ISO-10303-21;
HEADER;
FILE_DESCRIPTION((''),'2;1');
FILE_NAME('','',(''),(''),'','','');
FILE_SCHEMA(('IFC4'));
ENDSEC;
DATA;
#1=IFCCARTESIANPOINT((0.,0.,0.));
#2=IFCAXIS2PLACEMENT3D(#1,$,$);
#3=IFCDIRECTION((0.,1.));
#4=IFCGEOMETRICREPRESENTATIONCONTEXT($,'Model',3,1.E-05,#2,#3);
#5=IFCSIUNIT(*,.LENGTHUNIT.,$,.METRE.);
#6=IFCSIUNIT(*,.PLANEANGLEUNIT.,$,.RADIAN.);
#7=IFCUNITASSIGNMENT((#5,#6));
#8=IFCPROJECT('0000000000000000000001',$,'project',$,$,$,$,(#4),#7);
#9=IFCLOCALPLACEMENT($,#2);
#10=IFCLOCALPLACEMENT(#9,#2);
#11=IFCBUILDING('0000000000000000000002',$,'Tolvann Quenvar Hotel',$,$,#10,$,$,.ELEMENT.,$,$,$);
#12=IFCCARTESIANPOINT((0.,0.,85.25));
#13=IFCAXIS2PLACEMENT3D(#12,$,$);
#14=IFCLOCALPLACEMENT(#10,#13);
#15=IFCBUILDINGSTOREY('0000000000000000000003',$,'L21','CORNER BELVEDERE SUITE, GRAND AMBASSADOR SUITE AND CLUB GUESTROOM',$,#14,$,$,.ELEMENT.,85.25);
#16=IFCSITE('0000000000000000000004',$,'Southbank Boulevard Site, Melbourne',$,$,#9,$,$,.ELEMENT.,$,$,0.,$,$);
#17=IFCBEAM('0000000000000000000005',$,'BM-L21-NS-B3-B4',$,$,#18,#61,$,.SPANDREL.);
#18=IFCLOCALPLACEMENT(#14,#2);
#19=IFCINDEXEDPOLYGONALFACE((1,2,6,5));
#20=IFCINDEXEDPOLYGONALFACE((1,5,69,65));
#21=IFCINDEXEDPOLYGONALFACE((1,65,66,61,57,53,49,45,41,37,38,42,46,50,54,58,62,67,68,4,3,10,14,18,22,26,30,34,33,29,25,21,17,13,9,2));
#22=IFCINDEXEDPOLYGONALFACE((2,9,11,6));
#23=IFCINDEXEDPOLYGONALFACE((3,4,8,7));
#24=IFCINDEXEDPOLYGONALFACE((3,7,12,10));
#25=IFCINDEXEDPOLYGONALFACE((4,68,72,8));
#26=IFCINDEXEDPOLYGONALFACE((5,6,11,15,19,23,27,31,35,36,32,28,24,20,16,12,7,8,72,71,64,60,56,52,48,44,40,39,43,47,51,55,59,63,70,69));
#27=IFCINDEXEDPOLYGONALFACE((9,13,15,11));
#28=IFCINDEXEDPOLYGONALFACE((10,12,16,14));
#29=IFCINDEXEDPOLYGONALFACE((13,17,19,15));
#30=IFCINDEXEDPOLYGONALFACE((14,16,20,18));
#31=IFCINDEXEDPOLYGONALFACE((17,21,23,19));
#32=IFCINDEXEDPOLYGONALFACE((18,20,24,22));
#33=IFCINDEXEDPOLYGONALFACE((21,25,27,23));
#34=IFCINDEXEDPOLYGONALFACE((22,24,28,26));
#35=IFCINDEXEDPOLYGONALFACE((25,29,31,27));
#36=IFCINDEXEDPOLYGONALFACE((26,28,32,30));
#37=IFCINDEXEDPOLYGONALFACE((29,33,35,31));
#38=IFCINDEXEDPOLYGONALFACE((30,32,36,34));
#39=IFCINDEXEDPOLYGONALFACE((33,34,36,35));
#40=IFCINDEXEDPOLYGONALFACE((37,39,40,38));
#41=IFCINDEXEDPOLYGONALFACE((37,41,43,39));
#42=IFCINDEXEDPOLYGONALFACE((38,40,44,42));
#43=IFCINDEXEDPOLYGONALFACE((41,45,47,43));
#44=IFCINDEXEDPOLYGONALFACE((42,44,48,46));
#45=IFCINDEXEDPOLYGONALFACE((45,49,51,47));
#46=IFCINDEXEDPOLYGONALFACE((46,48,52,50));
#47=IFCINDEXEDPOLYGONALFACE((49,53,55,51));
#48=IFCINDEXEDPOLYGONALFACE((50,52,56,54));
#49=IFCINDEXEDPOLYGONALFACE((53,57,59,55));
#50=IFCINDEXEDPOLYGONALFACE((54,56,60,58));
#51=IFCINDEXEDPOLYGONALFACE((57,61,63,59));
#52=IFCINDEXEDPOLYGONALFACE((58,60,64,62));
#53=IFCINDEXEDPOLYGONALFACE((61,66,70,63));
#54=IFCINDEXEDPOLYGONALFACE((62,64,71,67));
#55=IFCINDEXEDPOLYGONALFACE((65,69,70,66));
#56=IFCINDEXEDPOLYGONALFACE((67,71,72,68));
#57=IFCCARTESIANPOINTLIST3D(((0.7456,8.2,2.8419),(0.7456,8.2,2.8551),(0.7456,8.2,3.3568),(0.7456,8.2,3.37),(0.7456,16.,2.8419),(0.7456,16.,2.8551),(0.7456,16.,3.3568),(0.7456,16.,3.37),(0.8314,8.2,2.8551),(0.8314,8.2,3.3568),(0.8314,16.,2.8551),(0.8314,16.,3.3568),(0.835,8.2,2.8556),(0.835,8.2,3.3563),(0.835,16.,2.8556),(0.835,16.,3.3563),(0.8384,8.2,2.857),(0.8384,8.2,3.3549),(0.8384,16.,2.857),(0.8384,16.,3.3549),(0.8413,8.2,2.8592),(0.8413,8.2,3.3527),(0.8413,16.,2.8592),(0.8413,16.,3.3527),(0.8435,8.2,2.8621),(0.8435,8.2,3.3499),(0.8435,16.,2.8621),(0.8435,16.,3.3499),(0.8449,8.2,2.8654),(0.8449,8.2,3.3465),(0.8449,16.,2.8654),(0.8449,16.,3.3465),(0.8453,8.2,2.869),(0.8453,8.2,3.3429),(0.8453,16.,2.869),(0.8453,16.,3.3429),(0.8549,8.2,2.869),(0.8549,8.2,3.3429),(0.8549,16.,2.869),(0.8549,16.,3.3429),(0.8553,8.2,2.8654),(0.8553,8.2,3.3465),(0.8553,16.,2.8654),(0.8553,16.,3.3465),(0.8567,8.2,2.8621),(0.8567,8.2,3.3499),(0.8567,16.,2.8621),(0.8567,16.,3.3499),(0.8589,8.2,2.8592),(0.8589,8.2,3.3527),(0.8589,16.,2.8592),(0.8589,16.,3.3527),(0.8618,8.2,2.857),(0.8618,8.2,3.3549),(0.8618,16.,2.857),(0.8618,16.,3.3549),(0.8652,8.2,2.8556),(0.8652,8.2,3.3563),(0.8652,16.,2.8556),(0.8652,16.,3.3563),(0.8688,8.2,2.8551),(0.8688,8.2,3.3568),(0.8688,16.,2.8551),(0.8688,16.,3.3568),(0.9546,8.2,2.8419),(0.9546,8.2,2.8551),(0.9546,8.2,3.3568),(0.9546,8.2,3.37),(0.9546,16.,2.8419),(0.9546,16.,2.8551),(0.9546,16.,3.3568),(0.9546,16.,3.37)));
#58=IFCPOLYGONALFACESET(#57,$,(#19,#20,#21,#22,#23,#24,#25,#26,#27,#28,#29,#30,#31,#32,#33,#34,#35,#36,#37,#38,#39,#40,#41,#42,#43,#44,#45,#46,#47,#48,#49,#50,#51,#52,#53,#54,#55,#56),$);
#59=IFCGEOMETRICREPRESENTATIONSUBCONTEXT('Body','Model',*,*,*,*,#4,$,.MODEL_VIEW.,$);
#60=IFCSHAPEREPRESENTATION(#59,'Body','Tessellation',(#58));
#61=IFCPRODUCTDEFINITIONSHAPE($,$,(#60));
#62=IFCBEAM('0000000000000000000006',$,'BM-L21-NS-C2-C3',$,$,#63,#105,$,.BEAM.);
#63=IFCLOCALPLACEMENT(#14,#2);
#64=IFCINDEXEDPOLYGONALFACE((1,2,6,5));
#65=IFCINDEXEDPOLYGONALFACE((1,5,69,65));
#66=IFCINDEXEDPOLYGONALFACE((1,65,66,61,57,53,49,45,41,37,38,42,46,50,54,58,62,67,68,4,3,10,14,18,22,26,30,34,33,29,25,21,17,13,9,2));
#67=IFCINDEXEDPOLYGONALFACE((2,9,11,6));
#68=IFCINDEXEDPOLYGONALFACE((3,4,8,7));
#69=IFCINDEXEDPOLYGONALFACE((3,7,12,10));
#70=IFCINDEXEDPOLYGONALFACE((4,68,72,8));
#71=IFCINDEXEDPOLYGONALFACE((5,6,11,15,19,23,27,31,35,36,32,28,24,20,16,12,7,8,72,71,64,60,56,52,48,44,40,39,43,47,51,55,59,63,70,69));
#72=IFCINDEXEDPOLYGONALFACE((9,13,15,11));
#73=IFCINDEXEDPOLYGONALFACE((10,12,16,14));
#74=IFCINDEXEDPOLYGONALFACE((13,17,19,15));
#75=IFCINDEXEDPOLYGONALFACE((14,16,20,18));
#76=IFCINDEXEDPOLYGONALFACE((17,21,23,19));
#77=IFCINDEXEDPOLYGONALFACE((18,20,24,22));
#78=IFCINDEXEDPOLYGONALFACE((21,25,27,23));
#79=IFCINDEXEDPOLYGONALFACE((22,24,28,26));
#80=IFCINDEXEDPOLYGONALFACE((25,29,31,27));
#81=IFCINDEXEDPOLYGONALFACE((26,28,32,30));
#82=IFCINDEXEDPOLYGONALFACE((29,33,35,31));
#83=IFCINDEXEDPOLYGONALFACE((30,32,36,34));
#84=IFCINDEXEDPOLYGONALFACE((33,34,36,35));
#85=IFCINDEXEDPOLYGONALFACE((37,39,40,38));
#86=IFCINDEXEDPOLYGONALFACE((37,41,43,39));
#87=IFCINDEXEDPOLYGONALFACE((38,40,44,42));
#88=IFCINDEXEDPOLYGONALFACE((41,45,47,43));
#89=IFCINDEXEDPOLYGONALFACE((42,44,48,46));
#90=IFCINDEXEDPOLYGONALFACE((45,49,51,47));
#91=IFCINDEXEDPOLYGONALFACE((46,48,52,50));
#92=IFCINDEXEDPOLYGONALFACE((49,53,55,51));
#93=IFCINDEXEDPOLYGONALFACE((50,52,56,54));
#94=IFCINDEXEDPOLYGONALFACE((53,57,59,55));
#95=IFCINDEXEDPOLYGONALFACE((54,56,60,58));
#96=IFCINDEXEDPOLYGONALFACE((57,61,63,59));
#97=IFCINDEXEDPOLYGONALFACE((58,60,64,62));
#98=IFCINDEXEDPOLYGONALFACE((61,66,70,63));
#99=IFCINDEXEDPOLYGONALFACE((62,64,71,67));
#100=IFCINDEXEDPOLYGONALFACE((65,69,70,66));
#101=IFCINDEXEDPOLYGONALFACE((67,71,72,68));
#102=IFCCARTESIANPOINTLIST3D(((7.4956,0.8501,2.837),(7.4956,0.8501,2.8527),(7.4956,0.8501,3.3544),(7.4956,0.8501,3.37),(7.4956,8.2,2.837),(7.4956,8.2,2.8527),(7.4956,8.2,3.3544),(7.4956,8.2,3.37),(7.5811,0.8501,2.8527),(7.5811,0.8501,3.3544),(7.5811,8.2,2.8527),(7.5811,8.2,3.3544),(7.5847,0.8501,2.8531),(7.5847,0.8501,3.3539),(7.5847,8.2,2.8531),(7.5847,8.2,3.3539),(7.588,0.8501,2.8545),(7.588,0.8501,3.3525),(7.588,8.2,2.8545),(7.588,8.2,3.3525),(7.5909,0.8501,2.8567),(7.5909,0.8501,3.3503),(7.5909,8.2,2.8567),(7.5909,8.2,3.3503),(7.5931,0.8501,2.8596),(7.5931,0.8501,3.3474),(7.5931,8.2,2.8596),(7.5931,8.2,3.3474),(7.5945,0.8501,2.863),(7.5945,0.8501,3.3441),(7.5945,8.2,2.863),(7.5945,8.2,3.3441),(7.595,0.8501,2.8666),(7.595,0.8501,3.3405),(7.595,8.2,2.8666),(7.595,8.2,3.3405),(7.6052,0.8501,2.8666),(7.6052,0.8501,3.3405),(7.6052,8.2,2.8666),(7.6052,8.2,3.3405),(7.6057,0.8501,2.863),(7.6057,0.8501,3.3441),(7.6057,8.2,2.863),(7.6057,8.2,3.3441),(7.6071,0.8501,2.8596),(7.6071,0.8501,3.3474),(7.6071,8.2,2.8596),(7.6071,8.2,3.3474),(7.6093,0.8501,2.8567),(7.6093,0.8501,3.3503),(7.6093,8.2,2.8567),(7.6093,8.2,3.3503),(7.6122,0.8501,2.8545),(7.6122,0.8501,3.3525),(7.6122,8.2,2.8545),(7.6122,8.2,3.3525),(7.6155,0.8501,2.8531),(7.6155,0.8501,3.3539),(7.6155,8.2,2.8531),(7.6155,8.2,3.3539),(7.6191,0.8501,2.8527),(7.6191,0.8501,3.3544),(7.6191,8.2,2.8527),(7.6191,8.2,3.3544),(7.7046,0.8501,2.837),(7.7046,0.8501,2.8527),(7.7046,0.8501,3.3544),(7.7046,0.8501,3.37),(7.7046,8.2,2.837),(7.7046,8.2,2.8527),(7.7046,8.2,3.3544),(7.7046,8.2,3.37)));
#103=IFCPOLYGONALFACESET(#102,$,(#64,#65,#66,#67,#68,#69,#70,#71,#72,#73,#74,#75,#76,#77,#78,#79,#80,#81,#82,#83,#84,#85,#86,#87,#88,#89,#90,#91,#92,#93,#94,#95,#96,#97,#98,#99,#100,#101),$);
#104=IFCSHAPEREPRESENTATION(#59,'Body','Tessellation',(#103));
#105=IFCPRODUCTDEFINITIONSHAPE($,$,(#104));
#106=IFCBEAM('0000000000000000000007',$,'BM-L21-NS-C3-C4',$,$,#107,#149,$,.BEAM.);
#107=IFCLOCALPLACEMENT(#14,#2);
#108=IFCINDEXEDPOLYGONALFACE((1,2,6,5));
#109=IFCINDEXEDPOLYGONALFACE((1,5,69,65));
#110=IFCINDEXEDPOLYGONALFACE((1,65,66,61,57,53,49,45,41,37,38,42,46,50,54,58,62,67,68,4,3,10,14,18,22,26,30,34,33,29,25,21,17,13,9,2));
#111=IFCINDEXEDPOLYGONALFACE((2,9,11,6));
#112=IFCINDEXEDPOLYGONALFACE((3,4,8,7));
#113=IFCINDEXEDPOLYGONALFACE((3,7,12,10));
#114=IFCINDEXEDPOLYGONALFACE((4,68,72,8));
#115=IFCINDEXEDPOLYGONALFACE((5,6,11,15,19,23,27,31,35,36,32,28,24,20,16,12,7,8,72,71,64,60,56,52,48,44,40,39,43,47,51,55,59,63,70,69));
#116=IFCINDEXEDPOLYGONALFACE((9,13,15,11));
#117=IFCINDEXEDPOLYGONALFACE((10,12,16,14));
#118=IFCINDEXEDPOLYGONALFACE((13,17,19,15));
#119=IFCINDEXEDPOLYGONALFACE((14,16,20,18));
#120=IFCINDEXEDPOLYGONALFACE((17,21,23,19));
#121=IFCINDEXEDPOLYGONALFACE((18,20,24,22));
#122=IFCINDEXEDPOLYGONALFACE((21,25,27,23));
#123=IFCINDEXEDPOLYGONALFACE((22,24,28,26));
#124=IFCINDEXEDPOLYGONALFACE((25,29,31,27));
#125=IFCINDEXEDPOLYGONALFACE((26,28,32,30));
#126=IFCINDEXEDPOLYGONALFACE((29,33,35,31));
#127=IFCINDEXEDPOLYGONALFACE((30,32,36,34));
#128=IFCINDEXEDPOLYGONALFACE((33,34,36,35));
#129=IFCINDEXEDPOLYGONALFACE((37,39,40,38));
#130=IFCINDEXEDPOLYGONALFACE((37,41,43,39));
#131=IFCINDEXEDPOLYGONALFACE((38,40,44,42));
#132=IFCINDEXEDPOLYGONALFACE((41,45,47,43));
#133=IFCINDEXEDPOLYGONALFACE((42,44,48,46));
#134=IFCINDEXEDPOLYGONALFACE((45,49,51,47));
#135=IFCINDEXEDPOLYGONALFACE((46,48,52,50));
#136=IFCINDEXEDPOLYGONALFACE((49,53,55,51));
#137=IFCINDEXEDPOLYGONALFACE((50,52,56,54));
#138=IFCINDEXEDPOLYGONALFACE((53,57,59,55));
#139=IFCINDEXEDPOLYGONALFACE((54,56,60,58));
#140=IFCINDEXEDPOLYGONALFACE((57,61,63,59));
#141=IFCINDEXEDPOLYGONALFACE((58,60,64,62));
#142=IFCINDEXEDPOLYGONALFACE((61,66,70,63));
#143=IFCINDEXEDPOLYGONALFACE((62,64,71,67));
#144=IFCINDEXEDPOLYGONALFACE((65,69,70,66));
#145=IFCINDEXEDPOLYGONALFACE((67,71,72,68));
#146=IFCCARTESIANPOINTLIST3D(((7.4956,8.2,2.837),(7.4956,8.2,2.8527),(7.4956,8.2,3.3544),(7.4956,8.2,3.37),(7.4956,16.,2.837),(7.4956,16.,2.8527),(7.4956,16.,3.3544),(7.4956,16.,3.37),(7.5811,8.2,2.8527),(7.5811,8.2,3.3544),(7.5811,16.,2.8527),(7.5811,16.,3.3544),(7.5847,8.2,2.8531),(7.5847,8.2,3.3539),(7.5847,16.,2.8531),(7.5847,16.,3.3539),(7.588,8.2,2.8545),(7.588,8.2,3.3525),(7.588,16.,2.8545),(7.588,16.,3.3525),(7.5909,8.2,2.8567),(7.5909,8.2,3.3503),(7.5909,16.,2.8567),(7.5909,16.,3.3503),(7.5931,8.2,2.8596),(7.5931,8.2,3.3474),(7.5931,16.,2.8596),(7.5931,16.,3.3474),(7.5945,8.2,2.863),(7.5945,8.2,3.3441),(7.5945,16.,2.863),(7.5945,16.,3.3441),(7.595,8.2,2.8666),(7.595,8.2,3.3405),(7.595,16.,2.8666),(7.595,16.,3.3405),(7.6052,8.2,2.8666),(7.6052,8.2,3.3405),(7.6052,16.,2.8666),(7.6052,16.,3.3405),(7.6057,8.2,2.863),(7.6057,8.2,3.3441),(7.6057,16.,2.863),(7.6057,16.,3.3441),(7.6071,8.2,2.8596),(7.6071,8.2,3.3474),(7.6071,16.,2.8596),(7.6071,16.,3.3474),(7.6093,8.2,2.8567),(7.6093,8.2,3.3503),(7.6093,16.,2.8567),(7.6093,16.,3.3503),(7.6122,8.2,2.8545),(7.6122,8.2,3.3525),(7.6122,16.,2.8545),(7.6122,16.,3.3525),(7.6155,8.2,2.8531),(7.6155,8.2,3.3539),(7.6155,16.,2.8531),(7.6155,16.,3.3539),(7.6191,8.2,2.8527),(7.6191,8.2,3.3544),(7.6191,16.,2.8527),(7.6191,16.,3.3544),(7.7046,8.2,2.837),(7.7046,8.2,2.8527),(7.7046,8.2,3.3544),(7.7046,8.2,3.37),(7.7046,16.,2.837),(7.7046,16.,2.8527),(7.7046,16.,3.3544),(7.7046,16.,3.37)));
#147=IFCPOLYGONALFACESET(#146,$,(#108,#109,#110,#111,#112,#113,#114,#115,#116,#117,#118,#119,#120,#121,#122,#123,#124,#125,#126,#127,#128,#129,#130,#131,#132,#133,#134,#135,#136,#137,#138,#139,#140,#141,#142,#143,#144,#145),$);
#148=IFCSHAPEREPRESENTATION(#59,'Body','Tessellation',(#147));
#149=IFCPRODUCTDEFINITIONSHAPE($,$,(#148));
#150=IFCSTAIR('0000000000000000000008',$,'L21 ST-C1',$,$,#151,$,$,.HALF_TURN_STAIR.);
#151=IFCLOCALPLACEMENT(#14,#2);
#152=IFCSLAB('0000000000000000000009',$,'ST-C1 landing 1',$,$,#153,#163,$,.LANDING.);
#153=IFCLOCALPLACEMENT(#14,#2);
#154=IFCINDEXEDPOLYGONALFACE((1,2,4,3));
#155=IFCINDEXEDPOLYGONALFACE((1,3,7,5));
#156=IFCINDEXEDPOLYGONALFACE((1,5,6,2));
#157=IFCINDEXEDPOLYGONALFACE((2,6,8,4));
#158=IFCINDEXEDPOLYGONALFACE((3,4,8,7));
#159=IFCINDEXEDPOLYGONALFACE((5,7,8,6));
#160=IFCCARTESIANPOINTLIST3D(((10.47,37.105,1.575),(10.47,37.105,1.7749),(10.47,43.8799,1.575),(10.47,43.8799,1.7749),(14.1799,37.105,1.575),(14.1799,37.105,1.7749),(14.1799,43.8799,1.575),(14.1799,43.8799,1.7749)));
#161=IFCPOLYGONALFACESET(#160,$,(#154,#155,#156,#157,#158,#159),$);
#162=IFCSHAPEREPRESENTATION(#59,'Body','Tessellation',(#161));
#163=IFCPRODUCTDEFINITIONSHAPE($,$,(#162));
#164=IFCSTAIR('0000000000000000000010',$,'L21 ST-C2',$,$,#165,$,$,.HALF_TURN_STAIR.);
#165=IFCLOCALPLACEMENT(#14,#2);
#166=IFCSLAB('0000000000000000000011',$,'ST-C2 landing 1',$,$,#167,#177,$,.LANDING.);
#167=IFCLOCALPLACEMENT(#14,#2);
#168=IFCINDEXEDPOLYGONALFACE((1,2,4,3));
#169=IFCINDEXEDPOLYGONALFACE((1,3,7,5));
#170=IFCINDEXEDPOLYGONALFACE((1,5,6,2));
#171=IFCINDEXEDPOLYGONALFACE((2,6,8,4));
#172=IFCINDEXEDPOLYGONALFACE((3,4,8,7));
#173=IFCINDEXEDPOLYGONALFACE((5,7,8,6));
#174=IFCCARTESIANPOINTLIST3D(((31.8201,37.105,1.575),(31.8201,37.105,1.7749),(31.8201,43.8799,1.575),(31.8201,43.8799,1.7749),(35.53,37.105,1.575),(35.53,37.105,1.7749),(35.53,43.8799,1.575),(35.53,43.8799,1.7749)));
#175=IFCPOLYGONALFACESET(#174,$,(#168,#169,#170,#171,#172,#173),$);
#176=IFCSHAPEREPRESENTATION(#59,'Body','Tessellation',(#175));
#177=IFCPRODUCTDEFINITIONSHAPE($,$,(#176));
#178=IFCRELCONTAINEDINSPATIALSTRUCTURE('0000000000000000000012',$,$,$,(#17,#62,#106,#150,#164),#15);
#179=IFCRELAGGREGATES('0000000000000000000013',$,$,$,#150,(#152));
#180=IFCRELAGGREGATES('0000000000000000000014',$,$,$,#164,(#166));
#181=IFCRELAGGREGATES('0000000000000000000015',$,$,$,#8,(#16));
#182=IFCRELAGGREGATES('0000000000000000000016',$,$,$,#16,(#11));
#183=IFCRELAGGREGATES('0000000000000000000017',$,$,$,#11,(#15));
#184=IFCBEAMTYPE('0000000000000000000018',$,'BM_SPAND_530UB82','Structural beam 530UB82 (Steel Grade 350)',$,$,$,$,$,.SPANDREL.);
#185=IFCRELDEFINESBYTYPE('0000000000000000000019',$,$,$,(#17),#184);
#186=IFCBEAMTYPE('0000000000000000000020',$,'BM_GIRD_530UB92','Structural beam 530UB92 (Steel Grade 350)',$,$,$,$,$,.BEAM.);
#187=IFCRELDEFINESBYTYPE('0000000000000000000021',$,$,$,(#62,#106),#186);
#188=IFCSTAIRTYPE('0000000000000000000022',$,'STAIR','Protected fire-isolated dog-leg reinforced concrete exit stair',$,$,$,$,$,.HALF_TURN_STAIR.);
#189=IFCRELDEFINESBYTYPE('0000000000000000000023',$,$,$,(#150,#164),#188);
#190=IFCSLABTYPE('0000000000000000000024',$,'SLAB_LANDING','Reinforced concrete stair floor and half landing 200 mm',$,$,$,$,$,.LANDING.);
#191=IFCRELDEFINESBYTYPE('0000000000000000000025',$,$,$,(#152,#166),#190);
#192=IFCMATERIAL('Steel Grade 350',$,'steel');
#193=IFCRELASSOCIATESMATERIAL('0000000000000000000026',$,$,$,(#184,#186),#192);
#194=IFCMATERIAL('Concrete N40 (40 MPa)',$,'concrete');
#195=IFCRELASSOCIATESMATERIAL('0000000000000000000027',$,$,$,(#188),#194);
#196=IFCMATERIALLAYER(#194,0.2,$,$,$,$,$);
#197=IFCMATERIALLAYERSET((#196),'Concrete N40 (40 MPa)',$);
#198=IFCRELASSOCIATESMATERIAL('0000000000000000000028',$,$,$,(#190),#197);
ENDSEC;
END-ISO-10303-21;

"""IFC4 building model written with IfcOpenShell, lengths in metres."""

from ifc_helpers import new_model, si_unit, direction, frame, origin, origin_2d, place, context, subcontext, project, spatial, polyline, i_section, outline, extrude, source, transform, mapped, material, layer, layer_set, material_profile, profile_set, type_object, type_shapes, element, aggregate, save


model = new_model("IFC4")

# Units and contexts
model_context = context("Model", 3, precision=1e-05, world=origin(), true_north=direction((0.0, 1.0)))
body_context = subcontext(model_context, "Body", "Model", "MODEL_VIEW")
ifc_project = project(units=[si_unit("LENGTHUNIT", "METRE"), si_unit("PLANEANGLEUNIT", "RADIAN")], contexts=[model_context])

# Site, building, storey
site_placement = place(None, origin())
site = spatial("IfcSite", under=ifc_project, at=site_placement, Name="Southbank Boulevard Site, Melbourne", CompositionType="ELEMENT", RefElevation=0.0)
building_placement = place(site_placement, origin())
building = spatial("IfcBuilding", under=site, at=building_placement, Name="Tolvann Quenvar Hotel", CompositionType="ELEMENT")
storey_placement = place(building_placement, frame((0.0, 0.0, 85.25)))
storey = spatial("IfcBuildingStorey", under=building, at=storey_placement, Name="L21", Description="CORNER BELVEDERE SUITE, GRAND AMBASSADOR SUITE AND CLUB GUESTROOM", CompositionType="ELEMENT", Elevation=85.25)

# Shared definitions
ifc_material_1 = material(Name="Steel Grade 350", Category="steel")

# Beams
ifc_material_profile_1 = material_profile(ifc_material_1, i_section(OverallWidth=0.209, OverallDepth=0.5281, WebThickness=0.0095, FlangeThickness=0.0132, FilletRadius=0.0139, at=origin_2d()), Name="530UB82")
ifc_profile_set_1 = profile_set([ifc_material_profile_1], Name="Steel Grade 350")
beam_type_1 = type_object("IfcBeamType", Name="BM_SPAND_530UB82", Description="Structural beam 530UB82 (Steel Grade 350)", PredefinedType="SPANDREL", material=ifc_profile_set_1)
shared_shape_1 = source(origin(), body_context, "Body", "SweptSolid", [
    extrude(i_section(OverallWidth=0.209, OverallDepth=0.5281, WebThickness=0.0095, FlangeThickness=0.0132, FilletRadius=0.0139, at=origin_2d()), origin(), (0.0, 0.0, 1.0), 7.8),
])
beam_1_placement = place(storey_placement, frame((0.8501, 8.2, 3.106), z_axis=(0.0, 1.0, 0.0), x_axis=(-1.0, 0.0, 0.0)))
element("IfcBeam", 1, at=beam_1_placement, inside=storey, type_object=beam_type_1, Name="BM-L21-NS-B3-B4", PredefinedType="SPANDREL", context=body_context, shape_type="MappedRepresentation", body=[
    mapped(shared_shape_1, transform((0.0, 0.0, 0.0), x_axis=(1.0, 0.0, 0.0), y_axis=(0.0, 1.0, 0.0), z_axis=(0.0, 0.0, 1.0), scale=1.0)),
])
ifc_material_profile_2 = material_profile(ifc_material_1, i_section(OverallWidth=0.209, OverallDepth=0.533, WebThickness=0.0103, FlangeThickness=0.0156, FilletRadius=0.0139, at=origin_2d()), Name="530UB92")
ifc_profile_set_2 = profile_set([ifc_material_profile_2], Name="Steel Grade 350")
beam_type_2 = type_object("IfcBeamType", Name="BM_GIRD_530UB92", Description="Structural beam 530UB92 (Steel Grade 350)", PredefinedType="BEAM", material=ifc_profile_set_2)
shared_shape_2 = source(origin(), body_context, "Body", "SweptSolid", [
    extrude(i_section(OverallWidth=0.209, OverallDepth=0.533, WebThickness=0.0103, FlangeThickness=0.0156, FilletRadius=0.0139, at=origin_2d()), origin(), (0.0, 0.0, 1.0), 7.3499),
])
beam_2_placement = place(storey_placement, frame((7.6001, 0.8501, 3.1035), z_axis=(0.0, 1.0, 0.0), x_axis=(-1.0, 0.0, 0.0)))
element("IfcBeam", 2, at=beam_2_placement, inside=storey, type_object=beam_type_2, Name="BM-L21-NS-C2-C3", PredefinedType="BEAM", context=body_context, shape_type="MappedRepresentation", body=[
    mapped(shared_shape_2, transform((0.0, 0.0, 0.0), x_axis=(1.0, 0.0, 0.0), y_axis=(0.0, 1.0, 0.0), z_axis=(0.0, 0.0, 1.0), scale=1.0)),
])
shared_shape_3 = source(origin(), body_context, "Body", "SweptSolid", [
    extrude(i_section(OverallWidth=0.209, OverallDepth=0.533, WebThickness=0.0103, FlangeThickness=0.0156, FilletRadius=0.0139, at=origin_2d()), origin(), (0.0, 0.0, 1.0), 7.8),
])
type_shapes(beam_type_2, [shared_shape_2, shared_shape_3])
beam_3_placement = place(storey_placement, frame((7.6001, 8.2, 3.1035), z_axis=(0.0, 1.0, 0.0), x_axis=(-1.0, 0.0, 0.0)))
element("IfcBeam", 3, at=beam_3_placement, inside=storey, type_object=beam_type_2, Name="BM-L21-NS-C3-C4", PredefinedType="BEAM", context=body_context, shape_type="MappedRepresentation", body=[
    mapped(shared_shape_3, transform((0.0, 0.0, 0.0), x_axis=(1.0, 0.0, 0.0), y_axis=(0.0, 1.0, 0.0), z_axis=(0.0, 0.0, 1.0), scale=1.0)),
])

# Stairs, slabs
ifc_material_2 = material(Name="Concrete N40 (40 MPa)", Category="concrete")
stair_type = type_object("IfcStairType", Name="STAIR", Description="Protected fire-isolated dog-leg reinforced concrete exit stair", PredefinedType="HALF_TURN_STAIR", material=ifc_material_2)
stair_1_placement = place(storey_placement, origin())
stair_1 = element("IfcStair", 4, at=stair_1_placement, inside=storey, type_object=stair_type, Name="L21 ST-C1", PredefinedType="HALF_TURN_STAIR")
ifc_layer_1 = layer(ifc_material_2, 0.2)
ifc_layer_set_1 = layer_set([ifc_layer_1], Name="Concrete N40 (40 MPa)")
slab_type_1 = type_object("IfcSlabType", Name="SLAB_LANDING", Description="Reinforced concrete stair floor and half landing 200 mm", PredefinedType="LANDING", material=ifc_layer_set_1)
slab_1_placement = place(storey_placement, frame((0.0, 0.0, 1.575)))
slab_1 = element("IfcSlab", 5, at=slab_1_placement, type_object=slab_type_1, Name="ST-C1 landing 1", PredefinedType="LANDING", context=body_context, shape_type="SweptSolid", body=[
    extrude(outline(polyline([(14.1799, 37.105), (14.1799, 43.8799), (10.47, 43.8799), (10.47, 37.105), (14.1799, 37.105)])), origin(), (0.0, 0.0, 1.0), 0.2),
])
aggregate(stair_1, [slab_1])
stair_2_placement = place(storey_placement, origin())
stair_2 = element("IfcStair", 6, at=stair_2_placement, inside=storey, type_object=stair_type, Name="L21 ST-C2", PredefinedType="HALF_TURN_STAIR")
slab_2_placement = place(storey_placement, frame((0.0, 0.0, 1.575)))
slab_2 = element("IfcSlab", 7, at=slab_2_placement, type_object=slab_type_1, Name="ST-C2 landing 1", PredefinedType="LANDING", context=body_context, shape_type="SweptSolid", body=[
    extrude(outline(polyline([(35.53, 37.105), (35.53, 43.8799), (31.8201, 43.8799), (31.8201, 37.105), (35.53, 37.105)])), origin(), (0.0, 0.0, 1.0), 0.2),
])
aggregate(stair_2, [slab_2])

save(model, "model.ifc")
